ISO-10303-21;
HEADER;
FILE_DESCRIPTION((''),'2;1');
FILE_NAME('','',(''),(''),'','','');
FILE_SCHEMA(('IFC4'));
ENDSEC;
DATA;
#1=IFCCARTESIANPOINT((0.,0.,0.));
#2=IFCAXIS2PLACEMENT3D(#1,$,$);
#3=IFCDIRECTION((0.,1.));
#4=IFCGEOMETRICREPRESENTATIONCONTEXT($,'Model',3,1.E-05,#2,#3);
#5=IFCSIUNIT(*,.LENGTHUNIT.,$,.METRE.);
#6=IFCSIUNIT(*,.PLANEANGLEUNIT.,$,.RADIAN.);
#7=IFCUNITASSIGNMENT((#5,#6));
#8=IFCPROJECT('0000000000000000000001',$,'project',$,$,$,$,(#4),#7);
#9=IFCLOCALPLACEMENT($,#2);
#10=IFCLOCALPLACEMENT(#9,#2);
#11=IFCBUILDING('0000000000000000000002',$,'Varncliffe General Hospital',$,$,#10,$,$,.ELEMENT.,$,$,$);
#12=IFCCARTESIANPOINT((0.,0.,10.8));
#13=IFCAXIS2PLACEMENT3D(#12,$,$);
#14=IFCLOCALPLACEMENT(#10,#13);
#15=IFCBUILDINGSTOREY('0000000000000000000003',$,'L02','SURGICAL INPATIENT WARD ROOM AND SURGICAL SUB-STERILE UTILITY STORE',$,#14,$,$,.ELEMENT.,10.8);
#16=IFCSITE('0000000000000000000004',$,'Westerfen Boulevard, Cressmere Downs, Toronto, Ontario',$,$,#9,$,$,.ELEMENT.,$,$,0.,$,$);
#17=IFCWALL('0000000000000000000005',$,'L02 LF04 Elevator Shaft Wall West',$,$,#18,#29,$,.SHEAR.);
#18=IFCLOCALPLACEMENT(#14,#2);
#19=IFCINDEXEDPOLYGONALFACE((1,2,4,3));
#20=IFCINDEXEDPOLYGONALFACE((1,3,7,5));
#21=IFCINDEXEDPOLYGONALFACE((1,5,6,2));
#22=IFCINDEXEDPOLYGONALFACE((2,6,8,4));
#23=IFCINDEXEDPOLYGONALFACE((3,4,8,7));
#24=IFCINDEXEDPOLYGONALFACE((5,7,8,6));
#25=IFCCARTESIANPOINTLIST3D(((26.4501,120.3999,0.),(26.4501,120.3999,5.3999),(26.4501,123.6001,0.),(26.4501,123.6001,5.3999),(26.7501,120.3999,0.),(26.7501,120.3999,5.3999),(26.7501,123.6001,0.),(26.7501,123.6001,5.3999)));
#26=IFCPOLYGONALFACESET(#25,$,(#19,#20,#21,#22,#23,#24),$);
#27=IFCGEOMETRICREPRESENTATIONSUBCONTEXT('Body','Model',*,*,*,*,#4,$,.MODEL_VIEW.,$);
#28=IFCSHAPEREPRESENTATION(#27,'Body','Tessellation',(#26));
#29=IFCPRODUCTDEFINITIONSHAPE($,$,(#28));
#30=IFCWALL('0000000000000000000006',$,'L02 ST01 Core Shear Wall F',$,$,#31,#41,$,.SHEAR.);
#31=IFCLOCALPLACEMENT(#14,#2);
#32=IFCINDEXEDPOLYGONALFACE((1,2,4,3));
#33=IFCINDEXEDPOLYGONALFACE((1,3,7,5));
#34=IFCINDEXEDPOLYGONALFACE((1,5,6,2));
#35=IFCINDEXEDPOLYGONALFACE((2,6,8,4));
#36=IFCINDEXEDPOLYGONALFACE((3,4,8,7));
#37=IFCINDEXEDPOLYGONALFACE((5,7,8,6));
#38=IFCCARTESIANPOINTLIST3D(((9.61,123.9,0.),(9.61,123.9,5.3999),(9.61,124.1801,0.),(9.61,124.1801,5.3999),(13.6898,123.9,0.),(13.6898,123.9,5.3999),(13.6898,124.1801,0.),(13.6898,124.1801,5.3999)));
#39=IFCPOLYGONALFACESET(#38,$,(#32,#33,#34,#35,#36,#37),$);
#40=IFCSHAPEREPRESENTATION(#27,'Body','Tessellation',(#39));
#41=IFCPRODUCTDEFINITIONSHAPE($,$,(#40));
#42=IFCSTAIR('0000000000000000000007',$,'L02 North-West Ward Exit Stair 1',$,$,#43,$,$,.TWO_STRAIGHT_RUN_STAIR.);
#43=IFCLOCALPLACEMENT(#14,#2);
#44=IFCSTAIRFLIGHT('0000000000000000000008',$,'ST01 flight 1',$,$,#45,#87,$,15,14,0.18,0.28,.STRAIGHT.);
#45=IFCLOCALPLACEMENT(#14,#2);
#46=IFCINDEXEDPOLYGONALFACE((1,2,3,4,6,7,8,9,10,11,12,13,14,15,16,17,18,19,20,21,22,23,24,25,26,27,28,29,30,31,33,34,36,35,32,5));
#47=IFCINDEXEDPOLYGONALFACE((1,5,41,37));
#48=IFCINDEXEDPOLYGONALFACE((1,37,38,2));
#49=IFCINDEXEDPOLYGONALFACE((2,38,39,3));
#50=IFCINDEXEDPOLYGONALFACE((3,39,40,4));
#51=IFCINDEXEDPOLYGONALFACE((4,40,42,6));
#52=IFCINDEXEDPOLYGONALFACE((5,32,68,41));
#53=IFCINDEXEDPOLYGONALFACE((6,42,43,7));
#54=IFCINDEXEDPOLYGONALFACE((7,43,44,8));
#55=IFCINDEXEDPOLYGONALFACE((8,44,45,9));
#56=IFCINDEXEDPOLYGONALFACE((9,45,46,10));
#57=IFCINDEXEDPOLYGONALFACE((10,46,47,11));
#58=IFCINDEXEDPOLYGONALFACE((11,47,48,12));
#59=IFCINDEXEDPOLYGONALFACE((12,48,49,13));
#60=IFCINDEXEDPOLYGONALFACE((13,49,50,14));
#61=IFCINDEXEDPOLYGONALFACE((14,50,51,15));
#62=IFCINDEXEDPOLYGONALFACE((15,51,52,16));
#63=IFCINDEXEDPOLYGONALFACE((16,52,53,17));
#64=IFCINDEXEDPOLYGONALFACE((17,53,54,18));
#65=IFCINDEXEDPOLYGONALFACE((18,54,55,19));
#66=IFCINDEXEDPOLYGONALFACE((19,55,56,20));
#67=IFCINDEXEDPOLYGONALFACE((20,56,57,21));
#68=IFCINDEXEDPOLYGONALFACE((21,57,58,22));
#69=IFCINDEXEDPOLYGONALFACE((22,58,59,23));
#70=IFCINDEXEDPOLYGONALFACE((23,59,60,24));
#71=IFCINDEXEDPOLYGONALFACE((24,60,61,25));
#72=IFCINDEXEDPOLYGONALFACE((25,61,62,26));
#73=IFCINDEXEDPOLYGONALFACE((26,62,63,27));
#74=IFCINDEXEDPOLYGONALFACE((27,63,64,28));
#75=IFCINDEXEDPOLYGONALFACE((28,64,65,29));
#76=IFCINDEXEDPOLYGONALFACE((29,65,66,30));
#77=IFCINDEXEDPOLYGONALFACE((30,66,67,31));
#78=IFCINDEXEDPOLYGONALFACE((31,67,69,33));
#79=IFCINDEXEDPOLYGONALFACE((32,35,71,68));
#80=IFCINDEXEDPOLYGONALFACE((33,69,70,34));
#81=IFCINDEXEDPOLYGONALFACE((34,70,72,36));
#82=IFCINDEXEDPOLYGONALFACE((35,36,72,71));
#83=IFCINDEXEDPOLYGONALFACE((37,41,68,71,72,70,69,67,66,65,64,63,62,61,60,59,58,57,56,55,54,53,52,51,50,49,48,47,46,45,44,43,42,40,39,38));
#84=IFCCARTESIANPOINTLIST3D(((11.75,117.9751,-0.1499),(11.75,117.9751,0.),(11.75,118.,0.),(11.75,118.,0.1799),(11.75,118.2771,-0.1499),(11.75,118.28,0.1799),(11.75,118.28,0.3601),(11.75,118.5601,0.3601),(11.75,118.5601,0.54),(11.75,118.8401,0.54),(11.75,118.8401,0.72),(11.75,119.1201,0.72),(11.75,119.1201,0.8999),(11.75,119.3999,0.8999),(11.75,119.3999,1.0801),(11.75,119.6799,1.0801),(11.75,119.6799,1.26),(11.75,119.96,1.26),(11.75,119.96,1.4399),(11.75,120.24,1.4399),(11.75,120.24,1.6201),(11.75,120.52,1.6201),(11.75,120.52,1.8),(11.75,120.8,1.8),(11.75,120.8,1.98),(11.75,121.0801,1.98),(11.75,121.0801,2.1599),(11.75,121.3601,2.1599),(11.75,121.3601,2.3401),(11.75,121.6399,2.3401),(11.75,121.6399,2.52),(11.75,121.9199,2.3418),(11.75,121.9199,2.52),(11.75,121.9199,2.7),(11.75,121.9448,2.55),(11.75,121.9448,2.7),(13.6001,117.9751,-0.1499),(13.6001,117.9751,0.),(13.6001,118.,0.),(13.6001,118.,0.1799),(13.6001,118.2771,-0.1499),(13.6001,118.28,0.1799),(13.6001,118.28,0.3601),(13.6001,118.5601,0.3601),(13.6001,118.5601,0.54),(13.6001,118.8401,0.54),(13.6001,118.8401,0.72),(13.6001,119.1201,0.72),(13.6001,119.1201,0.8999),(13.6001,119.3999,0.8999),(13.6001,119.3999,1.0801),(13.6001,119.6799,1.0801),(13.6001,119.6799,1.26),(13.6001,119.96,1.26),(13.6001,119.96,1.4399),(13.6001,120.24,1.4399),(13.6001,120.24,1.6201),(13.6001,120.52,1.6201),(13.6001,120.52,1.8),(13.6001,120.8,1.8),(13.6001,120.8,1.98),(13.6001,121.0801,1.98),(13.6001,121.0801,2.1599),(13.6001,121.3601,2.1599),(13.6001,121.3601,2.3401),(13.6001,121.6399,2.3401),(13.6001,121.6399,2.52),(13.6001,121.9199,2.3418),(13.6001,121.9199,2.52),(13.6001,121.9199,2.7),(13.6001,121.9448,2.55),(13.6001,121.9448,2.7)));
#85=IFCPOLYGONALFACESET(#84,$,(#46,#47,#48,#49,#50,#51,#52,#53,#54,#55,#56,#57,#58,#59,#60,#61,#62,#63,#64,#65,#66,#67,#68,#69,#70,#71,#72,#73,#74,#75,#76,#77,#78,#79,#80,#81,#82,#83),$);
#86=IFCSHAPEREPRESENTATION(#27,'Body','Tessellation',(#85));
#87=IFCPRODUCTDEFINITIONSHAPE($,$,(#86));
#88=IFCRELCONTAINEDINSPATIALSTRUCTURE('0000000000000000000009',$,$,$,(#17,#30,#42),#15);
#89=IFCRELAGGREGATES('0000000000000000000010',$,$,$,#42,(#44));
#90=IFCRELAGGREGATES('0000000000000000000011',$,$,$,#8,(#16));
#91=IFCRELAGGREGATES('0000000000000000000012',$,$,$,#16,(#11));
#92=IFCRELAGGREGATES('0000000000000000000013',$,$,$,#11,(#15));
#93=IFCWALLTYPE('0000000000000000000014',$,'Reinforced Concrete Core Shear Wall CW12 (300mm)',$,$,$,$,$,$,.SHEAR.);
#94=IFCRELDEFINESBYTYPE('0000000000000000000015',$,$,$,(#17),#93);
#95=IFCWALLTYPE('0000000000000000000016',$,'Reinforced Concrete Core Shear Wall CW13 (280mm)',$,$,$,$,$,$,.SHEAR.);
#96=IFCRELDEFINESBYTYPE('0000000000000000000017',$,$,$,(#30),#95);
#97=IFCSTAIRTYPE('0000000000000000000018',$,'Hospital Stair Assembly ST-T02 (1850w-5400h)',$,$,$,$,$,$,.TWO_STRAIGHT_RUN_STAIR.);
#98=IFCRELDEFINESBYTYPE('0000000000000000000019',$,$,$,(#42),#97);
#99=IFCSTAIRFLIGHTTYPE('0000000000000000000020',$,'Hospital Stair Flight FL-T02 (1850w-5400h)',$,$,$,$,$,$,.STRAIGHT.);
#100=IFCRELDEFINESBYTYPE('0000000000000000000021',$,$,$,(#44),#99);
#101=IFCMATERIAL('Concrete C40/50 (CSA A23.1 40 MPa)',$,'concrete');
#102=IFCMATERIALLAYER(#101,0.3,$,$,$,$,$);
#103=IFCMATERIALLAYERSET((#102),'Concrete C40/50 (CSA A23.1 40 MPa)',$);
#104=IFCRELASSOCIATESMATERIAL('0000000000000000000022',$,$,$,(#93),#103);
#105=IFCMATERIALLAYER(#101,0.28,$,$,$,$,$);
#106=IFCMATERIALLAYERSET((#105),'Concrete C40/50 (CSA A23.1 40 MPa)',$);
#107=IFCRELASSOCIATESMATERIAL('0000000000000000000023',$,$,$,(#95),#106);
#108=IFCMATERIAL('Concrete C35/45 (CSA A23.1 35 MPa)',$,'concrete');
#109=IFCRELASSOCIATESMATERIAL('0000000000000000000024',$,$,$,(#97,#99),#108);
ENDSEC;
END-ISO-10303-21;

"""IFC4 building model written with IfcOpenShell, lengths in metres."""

from ifc_helpers import new_model, si_unit, direction, frame, frame_2d, origin, place, context, subcontext, project, spatial, polyline, rectangle, outline, extrude, material, layer, layer_set, type_object, element, aggregate, save


model = new_model("IFC4")

# Units and contexts
model_context = context("Model", 3, precision=1e-05, world=origin(), true_north=direction((0.0, 1.0)))
body_context = subcontext(model_context, "Body", "Model", "MODEL_VIEW")
ifc_project = project(units=[si_unit("LENGTHUNIT", "METRE"), si_unit("PLANEANGLEUNIT", "RADIAN")], contexts=[model_context])

# Site, building, storey
site_placement = place(None, origin())
site = spatial("IfcSite", under=ifc_project, at=site_placement, Name="Westerfen Boulevard, Cressmere Downs, Toronto, Ontario", CompositionType="ELEMENT", RefElevation=0.0)
building_placement = place(site_placement, origin())
building = spatial("IfcBuilding", under=site, at=building_placement, Name="Varncliffe General Hospital", CompositionType="ELEMENT")
storey_placement = place(building_placement, frame((0.0, 0.0, 10.8)))
storey = spatial("IfcBuildingStorey", under=building, at=storey_placement, Name="L02", Description="SURGICAL INPATIENT WARD ROOM AND SURGICAL SUB-STERILE UTILITY STORE", CompositionType="ELEMENT", Elevation=10.8)

# Shared definitions
ifc_material_1 = material(Name="Concrete C40/50 (CSA A23.1 40 MPa)", Category="concrete")

# Shared definitions
ifc_material_2 = material(Name="Concrete C35/45 (CSA A23.1 35 MPa)", Category="concrete")

# Shared definitions
ifc_layer_1 = layer(ifc_material_1, 0.3)
ifc_layer_set_1 = layer_set([ifc_layer_1], Name="Concrete C40/50 (CSA A23.1 40 MPa)")
wall_type_1 = type_object("IfcWallType", Name="Reinforced Concrete Core Shear Wall CW12 (300mm)", PredefinedType="SHEAR", material=ifc_layer_set_1)

# Walls
wall_1_placement = place(storey_placement, frame((26.6001, 123.6001, 0.0), z_axis=(0.0, 0.0, 1.0), x_axis=(0.0, -1.0, 0.0)))
element("IfcWall", 1, at=wall_1_placement, inside=storey, type_object=wall_type_1, Name="L02 LF04 Elevator Shaft Wall West", PredefinedType="SHEAR", context=body_context, shape_type="SweptSolid", body=[
    extrude(rectangle(XDim=3.2002, YDim=0.3, at=frame_2d((1.6001, 0.0))), origin(), (0.0, 0.0, 1.0), 5.3999),
])
ifc_layer_2 = layer(ifc_material_1, 0.28)
ifc_layer_set_2 = layer_set([ifc_layer_2], Name="Concrete C40/50 (CSA A23.1 40 MPa)")
wall_type_2 = type_object("IfcWallType", Name="Reinforced Concrete Core Shear Wall CW13 (280mm)", PredefinedType="SHEAR", material=ifc_layer_set_2)
wall_2_placement = place(storey_placement, frame((13.6899, 124.04, 0.0), z_axis=(0.0, 0.0, 1.0), x_axis=(-1.0, 0.0, 0.0)))
element("IfcWall", 2, at=wall_2_placement, inside=storey, type_object=wall_type_2, Name="L02 ST01 Core Shear Wall F", PredefinedType="SHEAR", context=body_context, shape_type="SweptSolid", body=[
    extrude(rectangle(XDim=4.0798, YDim=0.28, at=frame_2d((2.04, 0.0))), origin(), (0.0, 0.0, 1.0), 5.3999),
])

# Stair, stair flight
stair_type = type_object("IfcStairType", Name="Hospital Stair Assembly ST-T02 (1850w-5400h)", PredefinedType="TWO_STRAIGHT_RUN_STAIR", material=ifc_material_2)
stair_placement = place(storey_placement, origin())
stair = element("IfcStair", 3, at=stair_placement, inside=storey, type_object=stair_type, Name="L02 North-West Ward Exit Stair 1", PredefinedType="TWO_STRAIGHT_RUN_STAIR")
stair_flight_type = type_object("IfcStairFlightType", Name="Hospital Stair Flight FL-T02 (1850w-5400h)", PredefinedType="STRAIGHT", material=ifc_material_2)
stair_flight_placement = place(storey_placement, frame((12.675, 118.0, 0.0), z_axis=(0.0, 0.0, 1.0), x_axis=(0.0, 1.0, 0.0)))
stair_flight = element("IfcStairFlight", 4, at=stair_flight_placement, type_object=stair_flight_type, Name="ST01 flight 1", NumberOfRisers=15, NumberOfTreads=14, PredefinedType="STRAIGHT", RiserHeight=0.18, TreadLength=0.28, context=body_context, shape_type="SweptSolid", body=[
    extrude(outline(polyline([(-0.0249, -0.1499), (-0.0249, 0.0), (0.0, 0.0), (0.0, 0.1799), (0.28, 0.1799), (0.28, 0.3601), (0.5601, 0.3601), (0.5601, 0.54), (0.8401, 0.54), (0.8401, 0.72), (1.1201, 0.72), (1.1201, 0.8999), (1.3999, 0.8999), (1.3999, 1.0801), (1.6799, 1.0801), (1.6799, 1.26), (1.96, 1.26), (1.96, 1.4399), (2.24, 1.4399), (2.24, 1.6201), (2.52, 1.6201), (2.52, 1.8), (2.8, 1.8), (2.8, 1.98), (3.0801, 1.98), (3.0801, 2.1599), (3.3601, 2.1599), (3.3601, 2.3401), (3.6399, 2.3401), (3.6399, 2.52), (3.9199, 2.52), (3.9199, 2.7), (3.9448, 2.7), (3.9448, 2.55), (3.9199, 2.3418), (0.2771, -0.1499), (-0.0249, -0.1499)])), frame((0.0, 0.925, 0.0), z_axis=(0.0, -1.0, 0.0), x_axis=(1.0, 0.0, 0.0)), (0.0, 0.0, 1.0), 1.8501),
])
aggregate(stair, [stair_flight])

save(model, "model.ifc")
